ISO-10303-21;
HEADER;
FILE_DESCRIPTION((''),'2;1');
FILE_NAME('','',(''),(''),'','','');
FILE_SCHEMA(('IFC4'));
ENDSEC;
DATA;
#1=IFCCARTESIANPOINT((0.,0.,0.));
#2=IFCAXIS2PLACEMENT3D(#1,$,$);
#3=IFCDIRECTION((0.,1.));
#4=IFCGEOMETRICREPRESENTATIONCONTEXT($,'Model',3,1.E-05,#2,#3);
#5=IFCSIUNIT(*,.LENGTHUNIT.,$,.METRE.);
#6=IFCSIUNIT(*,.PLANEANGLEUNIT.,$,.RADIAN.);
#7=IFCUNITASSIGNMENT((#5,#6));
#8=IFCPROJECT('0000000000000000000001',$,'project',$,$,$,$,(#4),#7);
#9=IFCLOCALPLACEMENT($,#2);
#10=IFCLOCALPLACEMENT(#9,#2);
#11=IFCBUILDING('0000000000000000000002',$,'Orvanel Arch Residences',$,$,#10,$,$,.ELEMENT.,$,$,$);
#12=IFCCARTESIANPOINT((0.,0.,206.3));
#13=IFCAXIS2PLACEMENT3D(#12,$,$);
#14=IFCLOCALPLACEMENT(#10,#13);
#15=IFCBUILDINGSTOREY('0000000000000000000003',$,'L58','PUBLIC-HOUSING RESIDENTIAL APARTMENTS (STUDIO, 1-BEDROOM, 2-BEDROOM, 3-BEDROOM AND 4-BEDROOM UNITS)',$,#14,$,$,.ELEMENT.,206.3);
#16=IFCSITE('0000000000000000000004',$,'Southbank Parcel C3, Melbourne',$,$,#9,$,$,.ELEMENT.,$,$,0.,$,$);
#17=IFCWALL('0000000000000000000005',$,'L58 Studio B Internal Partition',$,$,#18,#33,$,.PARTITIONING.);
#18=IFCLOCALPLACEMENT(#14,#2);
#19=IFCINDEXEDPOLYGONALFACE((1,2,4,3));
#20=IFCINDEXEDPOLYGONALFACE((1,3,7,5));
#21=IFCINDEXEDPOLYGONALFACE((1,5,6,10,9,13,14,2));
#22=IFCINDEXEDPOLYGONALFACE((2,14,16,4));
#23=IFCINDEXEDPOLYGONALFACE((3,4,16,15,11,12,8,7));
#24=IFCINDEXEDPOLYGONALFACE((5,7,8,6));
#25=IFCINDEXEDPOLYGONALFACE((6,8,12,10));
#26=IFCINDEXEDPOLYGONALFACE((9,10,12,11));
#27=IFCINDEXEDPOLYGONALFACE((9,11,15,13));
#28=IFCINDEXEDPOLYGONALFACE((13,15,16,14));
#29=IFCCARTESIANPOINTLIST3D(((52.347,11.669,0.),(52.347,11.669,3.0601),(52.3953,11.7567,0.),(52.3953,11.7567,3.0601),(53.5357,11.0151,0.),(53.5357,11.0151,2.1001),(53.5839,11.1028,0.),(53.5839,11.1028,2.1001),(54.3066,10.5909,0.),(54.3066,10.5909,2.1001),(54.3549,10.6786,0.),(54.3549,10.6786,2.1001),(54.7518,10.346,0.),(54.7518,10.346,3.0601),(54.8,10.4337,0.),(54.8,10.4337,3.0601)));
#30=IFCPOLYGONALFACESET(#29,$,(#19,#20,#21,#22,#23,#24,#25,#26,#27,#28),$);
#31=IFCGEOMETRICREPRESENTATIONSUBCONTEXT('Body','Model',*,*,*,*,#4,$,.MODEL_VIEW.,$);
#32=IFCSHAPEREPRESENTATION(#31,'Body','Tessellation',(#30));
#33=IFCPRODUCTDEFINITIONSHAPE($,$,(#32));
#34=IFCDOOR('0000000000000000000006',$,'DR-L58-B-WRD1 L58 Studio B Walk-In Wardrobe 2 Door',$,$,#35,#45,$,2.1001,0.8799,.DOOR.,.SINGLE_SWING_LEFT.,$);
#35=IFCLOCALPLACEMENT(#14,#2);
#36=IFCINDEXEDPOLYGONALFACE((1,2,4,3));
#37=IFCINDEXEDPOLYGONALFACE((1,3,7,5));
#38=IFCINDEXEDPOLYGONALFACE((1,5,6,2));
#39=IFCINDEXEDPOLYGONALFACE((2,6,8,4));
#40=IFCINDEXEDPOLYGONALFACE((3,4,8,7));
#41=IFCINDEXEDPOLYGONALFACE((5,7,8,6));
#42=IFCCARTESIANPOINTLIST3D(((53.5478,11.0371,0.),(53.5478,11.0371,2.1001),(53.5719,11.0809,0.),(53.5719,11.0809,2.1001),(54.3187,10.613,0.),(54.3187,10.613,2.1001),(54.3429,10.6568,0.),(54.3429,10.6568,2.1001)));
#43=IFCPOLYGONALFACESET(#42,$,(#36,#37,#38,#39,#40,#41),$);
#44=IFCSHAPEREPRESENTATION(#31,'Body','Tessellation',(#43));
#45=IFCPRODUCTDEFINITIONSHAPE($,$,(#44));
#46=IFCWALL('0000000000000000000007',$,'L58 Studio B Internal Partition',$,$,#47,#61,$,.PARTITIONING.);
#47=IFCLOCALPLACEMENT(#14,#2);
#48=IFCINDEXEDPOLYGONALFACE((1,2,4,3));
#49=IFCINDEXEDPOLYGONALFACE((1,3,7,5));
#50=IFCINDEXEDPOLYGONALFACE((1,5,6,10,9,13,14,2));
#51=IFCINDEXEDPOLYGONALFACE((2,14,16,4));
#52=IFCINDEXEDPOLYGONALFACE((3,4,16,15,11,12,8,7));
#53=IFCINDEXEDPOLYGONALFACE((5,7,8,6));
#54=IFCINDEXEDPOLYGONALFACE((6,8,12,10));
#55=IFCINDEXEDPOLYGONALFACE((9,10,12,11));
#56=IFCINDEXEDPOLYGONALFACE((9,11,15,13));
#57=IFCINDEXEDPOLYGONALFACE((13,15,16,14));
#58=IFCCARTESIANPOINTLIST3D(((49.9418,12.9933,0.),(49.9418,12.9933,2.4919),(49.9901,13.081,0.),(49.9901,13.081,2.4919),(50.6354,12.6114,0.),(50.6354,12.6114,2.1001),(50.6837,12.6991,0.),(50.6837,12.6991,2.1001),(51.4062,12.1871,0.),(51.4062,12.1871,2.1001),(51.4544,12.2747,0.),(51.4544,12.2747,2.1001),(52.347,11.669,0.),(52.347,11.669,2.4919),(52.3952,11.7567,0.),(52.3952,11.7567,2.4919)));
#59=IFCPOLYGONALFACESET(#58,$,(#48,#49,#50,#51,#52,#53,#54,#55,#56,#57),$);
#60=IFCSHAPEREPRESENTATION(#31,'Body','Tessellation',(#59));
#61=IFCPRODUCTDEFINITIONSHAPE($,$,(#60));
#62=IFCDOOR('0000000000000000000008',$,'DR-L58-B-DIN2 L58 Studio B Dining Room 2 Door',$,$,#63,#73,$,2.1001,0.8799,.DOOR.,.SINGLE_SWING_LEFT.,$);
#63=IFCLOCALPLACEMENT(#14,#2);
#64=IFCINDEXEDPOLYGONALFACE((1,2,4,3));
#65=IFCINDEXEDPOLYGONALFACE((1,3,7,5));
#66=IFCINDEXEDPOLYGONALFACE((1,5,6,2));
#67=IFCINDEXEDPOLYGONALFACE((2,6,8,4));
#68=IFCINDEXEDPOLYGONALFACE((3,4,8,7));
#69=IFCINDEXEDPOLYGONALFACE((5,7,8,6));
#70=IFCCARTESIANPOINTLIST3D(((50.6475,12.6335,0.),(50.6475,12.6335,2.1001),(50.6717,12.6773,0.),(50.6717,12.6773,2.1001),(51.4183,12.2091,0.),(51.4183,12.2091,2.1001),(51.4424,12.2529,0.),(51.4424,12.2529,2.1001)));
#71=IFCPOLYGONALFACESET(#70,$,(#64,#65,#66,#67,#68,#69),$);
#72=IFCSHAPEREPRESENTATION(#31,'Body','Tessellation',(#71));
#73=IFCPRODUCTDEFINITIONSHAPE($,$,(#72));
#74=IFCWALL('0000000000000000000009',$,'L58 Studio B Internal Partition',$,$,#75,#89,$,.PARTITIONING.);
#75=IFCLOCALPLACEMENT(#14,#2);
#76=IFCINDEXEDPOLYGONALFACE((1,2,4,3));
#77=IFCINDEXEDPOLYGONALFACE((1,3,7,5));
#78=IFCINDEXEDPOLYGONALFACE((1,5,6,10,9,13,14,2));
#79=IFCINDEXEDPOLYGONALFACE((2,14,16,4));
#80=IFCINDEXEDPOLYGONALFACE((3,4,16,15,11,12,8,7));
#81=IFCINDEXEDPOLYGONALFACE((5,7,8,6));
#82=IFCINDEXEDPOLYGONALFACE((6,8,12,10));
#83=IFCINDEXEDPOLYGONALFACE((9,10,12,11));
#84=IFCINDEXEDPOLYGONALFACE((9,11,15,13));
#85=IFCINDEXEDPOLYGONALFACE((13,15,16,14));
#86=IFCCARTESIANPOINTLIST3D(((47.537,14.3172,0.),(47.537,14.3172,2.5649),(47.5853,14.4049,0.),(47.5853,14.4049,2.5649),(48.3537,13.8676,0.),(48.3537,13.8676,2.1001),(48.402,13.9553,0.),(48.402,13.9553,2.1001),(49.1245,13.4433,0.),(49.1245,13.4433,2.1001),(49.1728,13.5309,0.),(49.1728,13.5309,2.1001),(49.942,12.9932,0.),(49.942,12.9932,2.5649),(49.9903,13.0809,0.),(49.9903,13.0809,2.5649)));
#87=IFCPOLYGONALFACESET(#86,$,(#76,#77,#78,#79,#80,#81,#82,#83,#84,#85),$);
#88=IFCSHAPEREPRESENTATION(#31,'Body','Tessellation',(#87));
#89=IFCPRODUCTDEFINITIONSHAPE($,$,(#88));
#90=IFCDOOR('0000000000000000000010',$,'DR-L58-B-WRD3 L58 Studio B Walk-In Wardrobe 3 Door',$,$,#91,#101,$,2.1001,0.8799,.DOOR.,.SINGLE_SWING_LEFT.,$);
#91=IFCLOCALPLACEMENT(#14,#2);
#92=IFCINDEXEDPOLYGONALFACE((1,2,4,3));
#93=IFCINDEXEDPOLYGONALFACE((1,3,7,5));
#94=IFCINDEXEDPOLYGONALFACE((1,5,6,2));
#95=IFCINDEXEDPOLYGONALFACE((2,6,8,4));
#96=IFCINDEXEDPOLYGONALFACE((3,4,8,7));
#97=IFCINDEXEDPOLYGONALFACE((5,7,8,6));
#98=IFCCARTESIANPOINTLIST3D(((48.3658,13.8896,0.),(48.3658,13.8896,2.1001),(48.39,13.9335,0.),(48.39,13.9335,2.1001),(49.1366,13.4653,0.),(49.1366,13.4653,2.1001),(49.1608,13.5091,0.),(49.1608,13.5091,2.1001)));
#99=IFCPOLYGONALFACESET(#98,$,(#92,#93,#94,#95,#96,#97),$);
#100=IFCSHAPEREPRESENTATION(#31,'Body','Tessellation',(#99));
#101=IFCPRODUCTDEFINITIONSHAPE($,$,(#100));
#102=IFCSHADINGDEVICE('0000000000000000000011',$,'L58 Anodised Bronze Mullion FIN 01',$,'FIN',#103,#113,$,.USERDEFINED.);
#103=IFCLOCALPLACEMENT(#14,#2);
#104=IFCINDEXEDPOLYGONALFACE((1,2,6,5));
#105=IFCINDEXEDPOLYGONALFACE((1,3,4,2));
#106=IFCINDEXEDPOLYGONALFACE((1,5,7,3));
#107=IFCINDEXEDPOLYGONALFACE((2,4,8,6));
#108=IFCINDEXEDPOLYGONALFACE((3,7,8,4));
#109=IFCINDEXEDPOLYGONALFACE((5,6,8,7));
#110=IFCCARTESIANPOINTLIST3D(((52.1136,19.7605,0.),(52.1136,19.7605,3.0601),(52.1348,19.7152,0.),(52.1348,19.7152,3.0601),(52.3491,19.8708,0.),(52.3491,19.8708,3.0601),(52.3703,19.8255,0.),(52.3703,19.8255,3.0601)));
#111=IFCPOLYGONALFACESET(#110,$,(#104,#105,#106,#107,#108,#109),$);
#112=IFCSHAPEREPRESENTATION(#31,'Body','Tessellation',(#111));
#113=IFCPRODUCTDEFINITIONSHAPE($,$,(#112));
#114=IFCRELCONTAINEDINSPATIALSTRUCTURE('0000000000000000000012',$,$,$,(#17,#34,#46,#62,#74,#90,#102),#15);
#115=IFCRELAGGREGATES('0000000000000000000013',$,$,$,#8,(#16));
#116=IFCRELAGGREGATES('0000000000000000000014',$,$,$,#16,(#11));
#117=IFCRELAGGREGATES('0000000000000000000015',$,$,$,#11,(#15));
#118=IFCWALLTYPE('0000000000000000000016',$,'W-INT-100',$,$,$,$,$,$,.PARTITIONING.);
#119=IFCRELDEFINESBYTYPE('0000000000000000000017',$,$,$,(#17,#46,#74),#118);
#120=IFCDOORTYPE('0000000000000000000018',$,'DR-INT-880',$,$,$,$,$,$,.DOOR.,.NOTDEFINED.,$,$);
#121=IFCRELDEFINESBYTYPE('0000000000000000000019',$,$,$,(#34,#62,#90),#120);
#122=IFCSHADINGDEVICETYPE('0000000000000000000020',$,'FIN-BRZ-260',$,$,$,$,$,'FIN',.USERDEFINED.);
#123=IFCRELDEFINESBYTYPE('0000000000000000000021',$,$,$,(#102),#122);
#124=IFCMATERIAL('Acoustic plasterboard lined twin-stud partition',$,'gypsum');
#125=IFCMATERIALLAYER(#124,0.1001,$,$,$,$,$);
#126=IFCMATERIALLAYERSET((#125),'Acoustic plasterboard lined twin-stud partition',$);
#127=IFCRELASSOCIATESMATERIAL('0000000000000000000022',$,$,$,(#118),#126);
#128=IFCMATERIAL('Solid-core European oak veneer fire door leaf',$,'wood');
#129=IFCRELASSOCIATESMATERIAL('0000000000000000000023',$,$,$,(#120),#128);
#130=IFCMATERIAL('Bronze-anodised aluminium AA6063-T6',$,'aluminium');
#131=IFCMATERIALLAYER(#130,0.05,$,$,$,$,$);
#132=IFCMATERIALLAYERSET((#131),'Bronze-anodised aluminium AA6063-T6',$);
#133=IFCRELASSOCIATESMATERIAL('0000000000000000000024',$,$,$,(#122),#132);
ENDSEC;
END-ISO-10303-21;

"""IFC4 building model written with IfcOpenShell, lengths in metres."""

from ifc_helpers import new_model, si_unit, direction, frame, frame_2d, origin, origin_2d, place, context, subcontext, project, spatial, rectangle, extrude, material, layer, layer_set, type_object, element, fill, save


model = new_model("IFC4")

# Units and contexts
model_context = context("Model", 3, precision=1e-05, world=origin(), true_north=direction((0.0, 1.0)))
body_context = subcontext(model_context, "Body", "Model", "MODEL_VIEW")
ifc_project = project(units=[si_unit("LENGTHUNIT", "METRE"), si_unit("PLANEANGLEUNIT", "RADIAN")], contexts=[model_context])

# Site, building, storey
site_placement = place(None, origin())
site = spatial("IfcSite", under=ifc_project, at=site_placement, Name="Southbank Parcel C3, Melbourne", CompositionType="ELEMENT", RefElevation=0.0)
building_placement = place(site_placement, origin())
building = spatial("IfcBuilding", under=site, at=building_placement, Name="Orvanel Arch Residences", CompositionType="ELEMENT")
storey_placement = place(building_placement, frame((0.0, 0.0, 206.3)))
storey = spatial("IfcBuildingStorey", under=building, at=storey_placement, Name="L58", Description="PUBLIC-HOUSING RESIDENTIAL APARTMENTS (STUDIO, 1-BEDROOM, 2-BEDROOM, 3-BEDROOM AND 4-BEDROOM UNITS)", CompositionType="ELEMENT", Elevation=206.3)

# Shared definitions
ifc_material_1 = material(Name="Bronze-anodised aluminium AA6063-T6", Category="aluminium")

# Walls, openings, doors
ifc_material_2 = material(Name="Acoustic plasterboard lined twin-stud partition", Category="gypsum")
ifc_layer_1 = layer(ifc_material_2, 0.1001)
ifc_layer_set_1 = layer_set([ifc_layer_1], Name="Acoustic plasterboard lined twin-stud partition")
wall_type = type_object("IfcWallType", Name="W-INT-100", PredefinedType="PARTITIONING", material=ifc_layer_set_1)
wall_1_placement = place(storey_placement, frame((54.7759, 10.3899, 0.0), z_axis=(0.0, 0.0, 1.0), x_axis=(-0.87616, 0.482021, 0.0)))
wall_1 = element("IfcWall", 1, at=wall_1_placement, inside=storey, type_object=wall_type, Name="L58 Studio B Internal Partition", PredefinedType="PARTITIONING", context=body_context, shape_type="SweptSolid", body=[
    extrude(rectangle(XDim=2.7446, YDim=0.1001, at=frame_2d((1.3723, 0.0))), origin(), (0.0, 0.0, 1.0), 3.0601),
])
opening_1_placement = place(wall_1_placement, frame((0.5081, 0.0, 0.0)))
opening_1 = element("IfcOpeningElement", 2, at=opening_1_placement, cuts=wall_1, PredefinedType="OPENING", context=body_context, shape_type="SweptSolid", body=[
    extrude(rectangle(XDim=0.8799, YDim=2.1001, at=frame_2d((0.4399, 1.05))), frame((0.0, 0.0601, 0.0), z_axis=(0.0, -1.0, 0.0), x_axis=(1.0, 0.0, 0.0)), (0.0, 0.0, 1.0), 0.1201),
])
ifc_material_3 = material(Name="Solid-core European oak veneer fire door leaf", Category="wood")
door_type = type_object("IfcDoorType", Name="DR-INT-880", OperationType="NOTDEFINED", PredefinedType="DOOR", material=ifc_material_3)
door_1_placement = place(opening_1_placement, origin())
door_1 = element("IfcDoor", 3, at=door_1_placement, inside=storey, type_object=door_type, Name="DR-L58-B-WRD1 L58 Studio B Walk-In Wardrobe 2 Door", OperationType="SINGLE_SWING_LEFT", OverallHeight=2.1001, OverallWidth=0.8799, PredefinedType="DOOR", context=body_context, shape_type="SweptSolid", body=[
    extrude(rectangle(XDim=0.8799, YDim=2.1001, at=frame_2d((0.4399, 1.05))), frame((0.0, 0.0249, 0.0), z_axis=(0.0, -1.0, 0.0), x_axis=(1.0, 0.0, 0.0)), (0.0, 0.0, 1.0), 0.05),
])
fill(opening_1, door_1)
wall_2_placement = place(storey_placement, frame((52.3711, 11.7129, 0.0), z_axis=(0.0, 0.0, 1.0), x_axis=(-0.875992, 0.482325, 0.0)))
wall_2 = element("IfcWall", 4, at=wall_2_placement, inside=storey, type_object=wall_type, Name="L58 Studio B Internal Partition", PredefinedType="PARTITIONING", context=body_context, shape_type="SweptSolid", body=[
    extrude(rectangle(XDim=2.7456, YDim=0.1001, at=frame_2d((1.3728, 0.0))), origin(), (0.0, 0.0, 1.0), 2.4919),
])
opening_2_placement = place(wall_2_placement, frame((1.074, 0.0, 0.0)))
opening_2 = element("IfcOpeningElement", 5, at=opening_2_placement, cuts=wall_2, PredefinedType="OPENING", context=body_context, shape_type="SweptSolid", body=[
    extrude(rectangle(XDim=0.8799, YDim=2.1001, at=frame_2d((0.4399, 1.05))), frame((0.0, 0.0601, 0.0), z_axis=(0.0, -1.0, 0.0), x_axis=(1.0, 0.0, 0.0)), (0.0, 0.0, 1.0), 0.1201),
])
door_2_placement = place(opening_2_placement, origin())
door_2 = element("IfcDoor", 6, at=door_2_placement, inside=storey, type_object=door_type, Name="DR-L58-B-DIN2 L58 Studio B Dining Room 2 Door", OperationType="SINGLE_SWING_LEFT", OverallHeight=2.1001, OverallWidth=0.8799, PredefinedType="DOOR", context=body_context, shape_type="SweptSolid", body=[
    extrude(rectangle(XDim=0.8799, YDim=2.1001, at=frame_2d((0.4399, 1.05))), frame((0.0, 0.0249, 0.0), z_axis=(0.0, -1.0, 0.0), x_axis=(1.0, 0.0, 0.0)), (0.0, 0.0, 1.0), 0.05),
])
fill(opening_2, door_2)
wall_3_placement = place(storey_placement, frame((49.9661, 13.0371, 0.0), z_axis=(0.0, 0.0, 1.0), x_axis=(-0.87603, 0.482257, 0.0)))
wall_3 = element("IfcWall", 7, at=wall_3_placement, inside=storey, type_object=wall_type, Name="L58 Studio B Internal Partition", PredefinedType="PARTITIONING", context=body_context, shape_type="SweptSolid", body=[
    extrude(rectangle(XDim=2.7454, YDim=0.1001, at=frame_2d((1.3726, 0.0))), origin(), (0.0, 0.0, 1.0), 2.5649),
])
opening_3_placement = place(wall_3_placement, frame((0.9331, 0.0, 0.0)))
opening_3 = element("IfcOpeningElement", 8, at=opening_3_placement, cuts=wall_3, PredefinedType="OPENING", context=body_context, shape_type="SweptSolid", body=[
    extrude(rectangle(XDim=0.8799, YDim=2.1001, at=frame_2d((0.4399, 1.05))), frame((0.0, 0.0601, 0.0), z_axis=(0.0, -1.0, 0.0), x_axis=(1.0, 0.0, 0.0)), (0.0, 0.0, 1.0), 0.1201),
])
door_3_placement = place(opening_3_placement, origin())
door_3 = element("IfcDoor", 9, at=door_3_placement, inside=storey, type_object=door_type, Name="DR-L58-B-WRD3 L58 Studio B Walk-In Wardrobe 3 Door", OperationType="SINGLE_SWING_LEFT", OverallHeight=2.1001, OverallWidth=0.8799, PredefinedType="DOOR", context=body_context, shape_type="SweptSolid", body=[
    extrude(rectangle(XDim=0.8799, YDim=2.1001, at=frame_2d((0.4399, 1.05))), frame((0.0, 0.0249, 0.0), z_axis=(0.0, -1.0, 0.0), x_axis=(1.0, 0.0, 0.0)), (0.0, 0.0, 1.0), 0.05),
])
fill(opening_3, door_3)

# Shading device
ifc_layer_2 = layer(ifc_material_1, 0.05)
ifc_layer_set_2 = layer_set([ifc_layer_2], Name="Bronze-anodised aluminium AA6063-T6")
shading_device_type = type_object("IfcShadingDeviceType", Name="FIN-BRZ-260", ElementType="FIN", PredefinedType="USERDEFINED", material=ifc_layer_set_2)
shading_device_placement = place(storey_placement, frame((52.2419, 19.793, 0.0), z_axis=(0.0, 0.0, 1.0), x_axis=(0.905569, 0.424199, 0.0)))
element("IfcShadingDevice", 10, at=shading_device_placement, inside=storey, type_object=shading_device_type, Name="L58 Anodised Bronze Mullion FIN 01", ObjectType="FIN", PredefinedType="USERDEFINED", context=body_context, shape_type="SweptSolid", body=[
    extrude(rectangle(XDim=0.26, YDim=0.05, at=origin_2d()), origin(), (0.0, 0.0, 1.0), 3.0601),
])

save(model, "model.ifc")
